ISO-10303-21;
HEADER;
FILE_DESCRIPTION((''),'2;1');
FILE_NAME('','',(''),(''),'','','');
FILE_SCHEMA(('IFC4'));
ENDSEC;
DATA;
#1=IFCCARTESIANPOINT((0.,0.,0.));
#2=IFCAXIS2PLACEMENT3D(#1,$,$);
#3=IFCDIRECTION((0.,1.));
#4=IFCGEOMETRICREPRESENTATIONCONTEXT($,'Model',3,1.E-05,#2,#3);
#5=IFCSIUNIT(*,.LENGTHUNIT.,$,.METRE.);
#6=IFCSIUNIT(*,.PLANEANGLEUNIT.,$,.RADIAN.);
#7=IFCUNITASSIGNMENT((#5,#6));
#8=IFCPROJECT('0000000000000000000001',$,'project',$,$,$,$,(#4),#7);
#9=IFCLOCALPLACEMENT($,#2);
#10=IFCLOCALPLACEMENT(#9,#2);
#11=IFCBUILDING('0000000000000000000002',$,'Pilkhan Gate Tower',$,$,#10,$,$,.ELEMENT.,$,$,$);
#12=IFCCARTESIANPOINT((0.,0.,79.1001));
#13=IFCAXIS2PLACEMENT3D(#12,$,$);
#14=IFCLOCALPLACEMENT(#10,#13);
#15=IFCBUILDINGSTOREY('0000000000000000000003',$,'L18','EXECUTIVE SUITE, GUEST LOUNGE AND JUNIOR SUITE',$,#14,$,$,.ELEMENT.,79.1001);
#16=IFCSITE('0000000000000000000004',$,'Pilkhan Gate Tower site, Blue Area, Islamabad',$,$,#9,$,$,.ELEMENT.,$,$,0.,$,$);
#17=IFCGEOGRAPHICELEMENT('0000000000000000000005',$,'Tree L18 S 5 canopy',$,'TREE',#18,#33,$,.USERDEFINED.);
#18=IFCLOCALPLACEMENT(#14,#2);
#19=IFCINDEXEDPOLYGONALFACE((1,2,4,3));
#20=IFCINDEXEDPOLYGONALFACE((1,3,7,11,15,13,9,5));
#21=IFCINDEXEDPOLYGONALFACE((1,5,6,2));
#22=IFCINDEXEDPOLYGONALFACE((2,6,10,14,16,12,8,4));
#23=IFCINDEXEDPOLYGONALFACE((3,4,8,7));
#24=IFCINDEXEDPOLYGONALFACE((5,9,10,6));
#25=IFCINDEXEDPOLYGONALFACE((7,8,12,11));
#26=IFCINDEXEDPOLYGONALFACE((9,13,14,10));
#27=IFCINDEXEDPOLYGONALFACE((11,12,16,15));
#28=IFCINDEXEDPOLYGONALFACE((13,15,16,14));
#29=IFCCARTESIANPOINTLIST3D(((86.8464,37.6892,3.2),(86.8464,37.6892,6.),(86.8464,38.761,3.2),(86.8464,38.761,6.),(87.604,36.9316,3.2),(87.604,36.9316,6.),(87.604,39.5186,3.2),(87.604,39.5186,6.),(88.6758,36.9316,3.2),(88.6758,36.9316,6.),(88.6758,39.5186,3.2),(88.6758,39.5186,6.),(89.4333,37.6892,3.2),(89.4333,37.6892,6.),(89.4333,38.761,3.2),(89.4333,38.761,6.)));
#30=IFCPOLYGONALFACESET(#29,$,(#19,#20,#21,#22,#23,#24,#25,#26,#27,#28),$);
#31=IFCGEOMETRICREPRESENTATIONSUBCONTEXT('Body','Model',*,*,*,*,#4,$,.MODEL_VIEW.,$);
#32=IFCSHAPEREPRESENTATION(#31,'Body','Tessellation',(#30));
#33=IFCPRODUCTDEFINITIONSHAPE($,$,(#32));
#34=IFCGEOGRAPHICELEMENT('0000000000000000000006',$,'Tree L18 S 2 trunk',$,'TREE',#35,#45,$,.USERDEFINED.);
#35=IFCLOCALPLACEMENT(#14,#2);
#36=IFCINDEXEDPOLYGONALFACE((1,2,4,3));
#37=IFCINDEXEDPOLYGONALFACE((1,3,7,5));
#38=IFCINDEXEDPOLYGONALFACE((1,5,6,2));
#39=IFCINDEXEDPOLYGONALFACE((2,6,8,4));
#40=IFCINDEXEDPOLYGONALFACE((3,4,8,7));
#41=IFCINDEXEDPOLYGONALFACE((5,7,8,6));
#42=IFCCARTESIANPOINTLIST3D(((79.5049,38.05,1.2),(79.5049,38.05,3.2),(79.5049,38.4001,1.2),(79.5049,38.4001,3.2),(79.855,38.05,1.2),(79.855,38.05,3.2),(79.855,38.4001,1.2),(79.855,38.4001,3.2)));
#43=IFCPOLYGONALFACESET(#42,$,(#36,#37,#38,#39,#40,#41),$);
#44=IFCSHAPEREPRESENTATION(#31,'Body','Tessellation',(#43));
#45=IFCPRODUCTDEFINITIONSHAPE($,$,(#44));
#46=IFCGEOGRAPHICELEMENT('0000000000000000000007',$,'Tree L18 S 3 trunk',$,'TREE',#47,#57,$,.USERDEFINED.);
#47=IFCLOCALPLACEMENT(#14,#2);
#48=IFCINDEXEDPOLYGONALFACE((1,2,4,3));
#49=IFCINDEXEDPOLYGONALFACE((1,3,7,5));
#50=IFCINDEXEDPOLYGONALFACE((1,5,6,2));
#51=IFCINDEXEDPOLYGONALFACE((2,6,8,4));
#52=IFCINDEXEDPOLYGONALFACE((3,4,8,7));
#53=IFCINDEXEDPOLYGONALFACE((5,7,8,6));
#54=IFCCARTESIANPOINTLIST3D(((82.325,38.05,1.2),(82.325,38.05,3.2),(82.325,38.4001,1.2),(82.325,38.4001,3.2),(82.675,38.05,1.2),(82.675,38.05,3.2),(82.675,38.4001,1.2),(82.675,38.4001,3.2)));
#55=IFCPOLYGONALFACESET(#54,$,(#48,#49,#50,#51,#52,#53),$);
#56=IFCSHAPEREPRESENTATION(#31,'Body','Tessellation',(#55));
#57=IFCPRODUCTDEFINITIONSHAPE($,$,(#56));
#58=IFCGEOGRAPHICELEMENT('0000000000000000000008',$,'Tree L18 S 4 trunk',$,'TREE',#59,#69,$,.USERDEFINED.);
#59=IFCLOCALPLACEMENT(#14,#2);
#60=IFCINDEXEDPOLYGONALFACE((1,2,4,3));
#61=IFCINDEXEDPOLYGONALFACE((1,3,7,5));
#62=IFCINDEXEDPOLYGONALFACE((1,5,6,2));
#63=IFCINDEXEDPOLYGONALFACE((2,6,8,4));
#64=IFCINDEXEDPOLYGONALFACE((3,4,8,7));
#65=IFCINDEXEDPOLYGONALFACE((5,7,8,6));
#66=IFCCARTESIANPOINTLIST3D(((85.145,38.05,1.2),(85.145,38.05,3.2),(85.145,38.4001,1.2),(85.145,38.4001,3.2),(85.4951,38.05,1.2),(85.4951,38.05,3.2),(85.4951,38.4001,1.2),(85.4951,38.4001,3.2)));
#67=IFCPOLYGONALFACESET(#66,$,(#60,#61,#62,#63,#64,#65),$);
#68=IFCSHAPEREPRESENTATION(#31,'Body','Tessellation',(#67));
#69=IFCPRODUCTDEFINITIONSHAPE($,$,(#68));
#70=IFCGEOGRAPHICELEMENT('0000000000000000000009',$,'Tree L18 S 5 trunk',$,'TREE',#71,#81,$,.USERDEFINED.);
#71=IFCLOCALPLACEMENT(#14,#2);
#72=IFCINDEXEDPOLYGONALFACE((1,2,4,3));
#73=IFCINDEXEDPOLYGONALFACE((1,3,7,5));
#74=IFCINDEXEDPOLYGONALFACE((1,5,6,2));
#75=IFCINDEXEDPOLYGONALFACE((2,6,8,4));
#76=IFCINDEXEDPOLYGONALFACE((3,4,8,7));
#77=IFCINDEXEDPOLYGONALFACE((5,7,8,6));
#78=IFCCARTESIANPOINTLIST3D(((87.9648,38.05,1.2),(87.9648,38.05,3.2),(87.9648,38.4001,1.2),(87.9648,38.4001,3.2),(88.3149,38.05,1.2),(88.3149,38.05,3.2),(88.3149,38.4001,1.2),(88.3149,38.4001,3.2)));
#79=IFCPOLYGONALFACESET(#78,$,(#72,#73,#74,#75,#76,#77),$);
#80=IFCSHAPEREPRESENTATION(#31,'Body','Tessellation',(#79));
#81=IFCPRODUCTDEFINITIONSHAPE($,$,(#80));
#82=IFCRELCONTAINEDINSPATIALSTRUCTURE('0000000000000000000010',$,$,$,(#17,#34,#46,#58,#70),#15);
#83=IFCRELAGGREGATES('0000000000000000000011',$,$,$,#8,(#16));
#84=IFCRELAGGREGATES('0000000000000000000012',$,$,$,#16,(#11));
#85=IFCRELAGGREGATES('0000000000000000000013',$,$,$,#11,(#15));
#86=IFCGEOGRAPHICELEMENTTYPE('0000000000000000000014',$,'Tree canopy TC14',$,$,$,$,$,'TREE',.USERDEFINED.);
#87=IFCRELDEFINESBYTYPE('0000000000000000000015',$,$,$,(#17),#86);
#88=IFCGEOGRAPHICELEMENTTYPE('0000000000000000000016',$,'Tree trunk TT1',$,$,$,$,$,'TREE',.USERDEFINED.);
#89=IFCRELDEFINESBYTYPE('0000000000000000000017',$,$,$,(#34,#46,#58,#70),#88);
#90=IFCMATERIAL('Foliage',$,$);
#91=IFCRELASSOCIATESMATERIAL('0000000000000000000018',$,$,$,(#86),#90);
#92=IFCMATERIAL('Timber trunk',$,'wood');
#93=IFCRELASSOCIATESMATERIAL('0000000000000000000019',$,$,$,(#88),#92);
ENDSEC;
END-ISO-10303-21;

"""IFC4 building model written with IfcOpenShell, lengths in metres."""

from ifc_helpers import new_model, si_unit, direction, frame, origin, origin_2d, place, context, subcontext, project, spatial, polyline, rectangle, outline, extrude, material, material_profile, profile_set, type_object, element, save


model = new_model("IFC4")

# Units and contexts
model_context = context("Model", 3, precision=1e-05, world=origin(), true_north=direction((0.0, 1.0)))
body_context = subcontext(model_context, "Body", "Model", "MODEL_VIEW")
ifc_project = project(units=[si_unit("LENGTHUNIT", "METRE"), si_unit("PLANEANGLEUNIT", "RADIAN")], contexts=[model_context])

# Site, building, storey
site_placement = place(None, origin())
site = spatial("IfcSite", under=ifc_project, at=site_placement, Name="Pilkhan Gate Tower site, Blue Area, Islamabad", CompositionType="ELEMENT", RefElevation=0.0)
building_placement = place(site_placement, origin())
building = spatial("IfcBuilding", under=site, at=building_placement, Name="Pilkhan Gate Tower", CompositionType="ELEMENT")
storey_placement = place(building_placement, frame((0.0, 0.0, 79.1001)))
storey = spatial("IfcBuildingStorey", under=building, at=storey_placement, Name="L18", Description="EXECUTIVE SUITE, GUEST LOUNGE AND JUNIOR SUITE", CompositionType="ELEMENT", Elevation=79.1001)

# Geographic elements
ifc_material_1 = material(Name="Foliage")
ifc_material_profile_1 = material_profile(ifc_material_1, outline(polyline([(1.2935, 0.5359), (0.5359, 1.2935), (-0.5359, 1.2935), (-1.2935, 0.5359), (-1.2935, -0.5359), (-0.5359, -1.2935), (0.5359, -1.2935), (1.2935, -0.5359), (1.2935, 0.5359)])), Name="Canopy D2.8")
ifc_profile_set_1 = profile_set([ifc_material_profile_1], Name="Foliage")
geographic_element_type_1 = type_object("IfcGeographicElementType", Name="Tree canopy TC14", ElementType="TREE", PredefinedType="USERDEFINED", material=ifc_profile_set_1)
for number, where, z_axis, x_axis, name in (
    (1, (88.1399, 38.2251, 3.2), (0.0, 0.0, 1.0), (1.0, 0.0, 0.0), "Tree L18 S 5 canopy"),
):
    element("IfcGeographicElement", number, at=place(storey_placement, frame(where, z_axis=z_axis, x_axis=x_axis)), inside=storey, type_object=geographic_element_type_1, Name=name, ObjectType="TREE", PredefinedType="USERDEFINED", context=body_context, shape_type="SweptSolid", body=[
        extrude(outline(polyline([(1.2935, 0.5359), (0.5359, 1.2935), (-0.5359, 1.2935), (-1.2935, 0.5359), (-1.2935, -0.5359), (-0.5359, -1.2935), (0.5359, -1.2935), (1.2935, -0.5359), (1.2935, 0.5359)])), origin(), (0.0, 0.0, 1.0), 2.8),
    ])
ifc_material_2 = material(Name="Timber trunk", Category="wood")
geographic_element_type_2 = type_object("IfcGeographicElementType", Name="Tree trunk TT1", ElementType="TREE", PredefinedType="USERDEFINED", material=ifc_material_2)
for number, where, z_axis, x_axis, name in (
    (2, (79.6799, 38.2251, 1.2), (0.0, 0.0, 1.0), (1.0, 0.0, 0.0), "Tree L18 S 2 trunk"),
    (3, (82.5, 38.2251, 1.2), (0.0, 0.0, 1.0), (1.0, 0.0, 0.0), "Tree L18 S 3 trunk"),
    (4, (85.3201, 38.2251, 1.2), (0.0, 0.0, 1.0), (1.0, 0.0, 0.0), "Tree L18 S 4 trunk"),
    (5, (88.1399, 38.2251, 1.2), (0.0, 0.0, 1.0), (1.0, 0.0, 0.0), "Tree L18 S 5 trunk"),
):
    element("IfcGeographicElement", number, at=place(storey_placement, frame(where, z_axis=z_axis, x_axis=x_axis)), inside=storey, type_object=geographic_element_type_2, Name=name, ObjectType="TREE", PredefinedType="USERDEFINED", context=body_context, shape_type="SweptSolid", body=[
        extrude(rectangle(XDim=0.3501, YDim=0.3501, at=origin_2d()), origin(), (0.0, 0.0, 1.0), 2.0),
    ])

save(model, "model.ifc")
